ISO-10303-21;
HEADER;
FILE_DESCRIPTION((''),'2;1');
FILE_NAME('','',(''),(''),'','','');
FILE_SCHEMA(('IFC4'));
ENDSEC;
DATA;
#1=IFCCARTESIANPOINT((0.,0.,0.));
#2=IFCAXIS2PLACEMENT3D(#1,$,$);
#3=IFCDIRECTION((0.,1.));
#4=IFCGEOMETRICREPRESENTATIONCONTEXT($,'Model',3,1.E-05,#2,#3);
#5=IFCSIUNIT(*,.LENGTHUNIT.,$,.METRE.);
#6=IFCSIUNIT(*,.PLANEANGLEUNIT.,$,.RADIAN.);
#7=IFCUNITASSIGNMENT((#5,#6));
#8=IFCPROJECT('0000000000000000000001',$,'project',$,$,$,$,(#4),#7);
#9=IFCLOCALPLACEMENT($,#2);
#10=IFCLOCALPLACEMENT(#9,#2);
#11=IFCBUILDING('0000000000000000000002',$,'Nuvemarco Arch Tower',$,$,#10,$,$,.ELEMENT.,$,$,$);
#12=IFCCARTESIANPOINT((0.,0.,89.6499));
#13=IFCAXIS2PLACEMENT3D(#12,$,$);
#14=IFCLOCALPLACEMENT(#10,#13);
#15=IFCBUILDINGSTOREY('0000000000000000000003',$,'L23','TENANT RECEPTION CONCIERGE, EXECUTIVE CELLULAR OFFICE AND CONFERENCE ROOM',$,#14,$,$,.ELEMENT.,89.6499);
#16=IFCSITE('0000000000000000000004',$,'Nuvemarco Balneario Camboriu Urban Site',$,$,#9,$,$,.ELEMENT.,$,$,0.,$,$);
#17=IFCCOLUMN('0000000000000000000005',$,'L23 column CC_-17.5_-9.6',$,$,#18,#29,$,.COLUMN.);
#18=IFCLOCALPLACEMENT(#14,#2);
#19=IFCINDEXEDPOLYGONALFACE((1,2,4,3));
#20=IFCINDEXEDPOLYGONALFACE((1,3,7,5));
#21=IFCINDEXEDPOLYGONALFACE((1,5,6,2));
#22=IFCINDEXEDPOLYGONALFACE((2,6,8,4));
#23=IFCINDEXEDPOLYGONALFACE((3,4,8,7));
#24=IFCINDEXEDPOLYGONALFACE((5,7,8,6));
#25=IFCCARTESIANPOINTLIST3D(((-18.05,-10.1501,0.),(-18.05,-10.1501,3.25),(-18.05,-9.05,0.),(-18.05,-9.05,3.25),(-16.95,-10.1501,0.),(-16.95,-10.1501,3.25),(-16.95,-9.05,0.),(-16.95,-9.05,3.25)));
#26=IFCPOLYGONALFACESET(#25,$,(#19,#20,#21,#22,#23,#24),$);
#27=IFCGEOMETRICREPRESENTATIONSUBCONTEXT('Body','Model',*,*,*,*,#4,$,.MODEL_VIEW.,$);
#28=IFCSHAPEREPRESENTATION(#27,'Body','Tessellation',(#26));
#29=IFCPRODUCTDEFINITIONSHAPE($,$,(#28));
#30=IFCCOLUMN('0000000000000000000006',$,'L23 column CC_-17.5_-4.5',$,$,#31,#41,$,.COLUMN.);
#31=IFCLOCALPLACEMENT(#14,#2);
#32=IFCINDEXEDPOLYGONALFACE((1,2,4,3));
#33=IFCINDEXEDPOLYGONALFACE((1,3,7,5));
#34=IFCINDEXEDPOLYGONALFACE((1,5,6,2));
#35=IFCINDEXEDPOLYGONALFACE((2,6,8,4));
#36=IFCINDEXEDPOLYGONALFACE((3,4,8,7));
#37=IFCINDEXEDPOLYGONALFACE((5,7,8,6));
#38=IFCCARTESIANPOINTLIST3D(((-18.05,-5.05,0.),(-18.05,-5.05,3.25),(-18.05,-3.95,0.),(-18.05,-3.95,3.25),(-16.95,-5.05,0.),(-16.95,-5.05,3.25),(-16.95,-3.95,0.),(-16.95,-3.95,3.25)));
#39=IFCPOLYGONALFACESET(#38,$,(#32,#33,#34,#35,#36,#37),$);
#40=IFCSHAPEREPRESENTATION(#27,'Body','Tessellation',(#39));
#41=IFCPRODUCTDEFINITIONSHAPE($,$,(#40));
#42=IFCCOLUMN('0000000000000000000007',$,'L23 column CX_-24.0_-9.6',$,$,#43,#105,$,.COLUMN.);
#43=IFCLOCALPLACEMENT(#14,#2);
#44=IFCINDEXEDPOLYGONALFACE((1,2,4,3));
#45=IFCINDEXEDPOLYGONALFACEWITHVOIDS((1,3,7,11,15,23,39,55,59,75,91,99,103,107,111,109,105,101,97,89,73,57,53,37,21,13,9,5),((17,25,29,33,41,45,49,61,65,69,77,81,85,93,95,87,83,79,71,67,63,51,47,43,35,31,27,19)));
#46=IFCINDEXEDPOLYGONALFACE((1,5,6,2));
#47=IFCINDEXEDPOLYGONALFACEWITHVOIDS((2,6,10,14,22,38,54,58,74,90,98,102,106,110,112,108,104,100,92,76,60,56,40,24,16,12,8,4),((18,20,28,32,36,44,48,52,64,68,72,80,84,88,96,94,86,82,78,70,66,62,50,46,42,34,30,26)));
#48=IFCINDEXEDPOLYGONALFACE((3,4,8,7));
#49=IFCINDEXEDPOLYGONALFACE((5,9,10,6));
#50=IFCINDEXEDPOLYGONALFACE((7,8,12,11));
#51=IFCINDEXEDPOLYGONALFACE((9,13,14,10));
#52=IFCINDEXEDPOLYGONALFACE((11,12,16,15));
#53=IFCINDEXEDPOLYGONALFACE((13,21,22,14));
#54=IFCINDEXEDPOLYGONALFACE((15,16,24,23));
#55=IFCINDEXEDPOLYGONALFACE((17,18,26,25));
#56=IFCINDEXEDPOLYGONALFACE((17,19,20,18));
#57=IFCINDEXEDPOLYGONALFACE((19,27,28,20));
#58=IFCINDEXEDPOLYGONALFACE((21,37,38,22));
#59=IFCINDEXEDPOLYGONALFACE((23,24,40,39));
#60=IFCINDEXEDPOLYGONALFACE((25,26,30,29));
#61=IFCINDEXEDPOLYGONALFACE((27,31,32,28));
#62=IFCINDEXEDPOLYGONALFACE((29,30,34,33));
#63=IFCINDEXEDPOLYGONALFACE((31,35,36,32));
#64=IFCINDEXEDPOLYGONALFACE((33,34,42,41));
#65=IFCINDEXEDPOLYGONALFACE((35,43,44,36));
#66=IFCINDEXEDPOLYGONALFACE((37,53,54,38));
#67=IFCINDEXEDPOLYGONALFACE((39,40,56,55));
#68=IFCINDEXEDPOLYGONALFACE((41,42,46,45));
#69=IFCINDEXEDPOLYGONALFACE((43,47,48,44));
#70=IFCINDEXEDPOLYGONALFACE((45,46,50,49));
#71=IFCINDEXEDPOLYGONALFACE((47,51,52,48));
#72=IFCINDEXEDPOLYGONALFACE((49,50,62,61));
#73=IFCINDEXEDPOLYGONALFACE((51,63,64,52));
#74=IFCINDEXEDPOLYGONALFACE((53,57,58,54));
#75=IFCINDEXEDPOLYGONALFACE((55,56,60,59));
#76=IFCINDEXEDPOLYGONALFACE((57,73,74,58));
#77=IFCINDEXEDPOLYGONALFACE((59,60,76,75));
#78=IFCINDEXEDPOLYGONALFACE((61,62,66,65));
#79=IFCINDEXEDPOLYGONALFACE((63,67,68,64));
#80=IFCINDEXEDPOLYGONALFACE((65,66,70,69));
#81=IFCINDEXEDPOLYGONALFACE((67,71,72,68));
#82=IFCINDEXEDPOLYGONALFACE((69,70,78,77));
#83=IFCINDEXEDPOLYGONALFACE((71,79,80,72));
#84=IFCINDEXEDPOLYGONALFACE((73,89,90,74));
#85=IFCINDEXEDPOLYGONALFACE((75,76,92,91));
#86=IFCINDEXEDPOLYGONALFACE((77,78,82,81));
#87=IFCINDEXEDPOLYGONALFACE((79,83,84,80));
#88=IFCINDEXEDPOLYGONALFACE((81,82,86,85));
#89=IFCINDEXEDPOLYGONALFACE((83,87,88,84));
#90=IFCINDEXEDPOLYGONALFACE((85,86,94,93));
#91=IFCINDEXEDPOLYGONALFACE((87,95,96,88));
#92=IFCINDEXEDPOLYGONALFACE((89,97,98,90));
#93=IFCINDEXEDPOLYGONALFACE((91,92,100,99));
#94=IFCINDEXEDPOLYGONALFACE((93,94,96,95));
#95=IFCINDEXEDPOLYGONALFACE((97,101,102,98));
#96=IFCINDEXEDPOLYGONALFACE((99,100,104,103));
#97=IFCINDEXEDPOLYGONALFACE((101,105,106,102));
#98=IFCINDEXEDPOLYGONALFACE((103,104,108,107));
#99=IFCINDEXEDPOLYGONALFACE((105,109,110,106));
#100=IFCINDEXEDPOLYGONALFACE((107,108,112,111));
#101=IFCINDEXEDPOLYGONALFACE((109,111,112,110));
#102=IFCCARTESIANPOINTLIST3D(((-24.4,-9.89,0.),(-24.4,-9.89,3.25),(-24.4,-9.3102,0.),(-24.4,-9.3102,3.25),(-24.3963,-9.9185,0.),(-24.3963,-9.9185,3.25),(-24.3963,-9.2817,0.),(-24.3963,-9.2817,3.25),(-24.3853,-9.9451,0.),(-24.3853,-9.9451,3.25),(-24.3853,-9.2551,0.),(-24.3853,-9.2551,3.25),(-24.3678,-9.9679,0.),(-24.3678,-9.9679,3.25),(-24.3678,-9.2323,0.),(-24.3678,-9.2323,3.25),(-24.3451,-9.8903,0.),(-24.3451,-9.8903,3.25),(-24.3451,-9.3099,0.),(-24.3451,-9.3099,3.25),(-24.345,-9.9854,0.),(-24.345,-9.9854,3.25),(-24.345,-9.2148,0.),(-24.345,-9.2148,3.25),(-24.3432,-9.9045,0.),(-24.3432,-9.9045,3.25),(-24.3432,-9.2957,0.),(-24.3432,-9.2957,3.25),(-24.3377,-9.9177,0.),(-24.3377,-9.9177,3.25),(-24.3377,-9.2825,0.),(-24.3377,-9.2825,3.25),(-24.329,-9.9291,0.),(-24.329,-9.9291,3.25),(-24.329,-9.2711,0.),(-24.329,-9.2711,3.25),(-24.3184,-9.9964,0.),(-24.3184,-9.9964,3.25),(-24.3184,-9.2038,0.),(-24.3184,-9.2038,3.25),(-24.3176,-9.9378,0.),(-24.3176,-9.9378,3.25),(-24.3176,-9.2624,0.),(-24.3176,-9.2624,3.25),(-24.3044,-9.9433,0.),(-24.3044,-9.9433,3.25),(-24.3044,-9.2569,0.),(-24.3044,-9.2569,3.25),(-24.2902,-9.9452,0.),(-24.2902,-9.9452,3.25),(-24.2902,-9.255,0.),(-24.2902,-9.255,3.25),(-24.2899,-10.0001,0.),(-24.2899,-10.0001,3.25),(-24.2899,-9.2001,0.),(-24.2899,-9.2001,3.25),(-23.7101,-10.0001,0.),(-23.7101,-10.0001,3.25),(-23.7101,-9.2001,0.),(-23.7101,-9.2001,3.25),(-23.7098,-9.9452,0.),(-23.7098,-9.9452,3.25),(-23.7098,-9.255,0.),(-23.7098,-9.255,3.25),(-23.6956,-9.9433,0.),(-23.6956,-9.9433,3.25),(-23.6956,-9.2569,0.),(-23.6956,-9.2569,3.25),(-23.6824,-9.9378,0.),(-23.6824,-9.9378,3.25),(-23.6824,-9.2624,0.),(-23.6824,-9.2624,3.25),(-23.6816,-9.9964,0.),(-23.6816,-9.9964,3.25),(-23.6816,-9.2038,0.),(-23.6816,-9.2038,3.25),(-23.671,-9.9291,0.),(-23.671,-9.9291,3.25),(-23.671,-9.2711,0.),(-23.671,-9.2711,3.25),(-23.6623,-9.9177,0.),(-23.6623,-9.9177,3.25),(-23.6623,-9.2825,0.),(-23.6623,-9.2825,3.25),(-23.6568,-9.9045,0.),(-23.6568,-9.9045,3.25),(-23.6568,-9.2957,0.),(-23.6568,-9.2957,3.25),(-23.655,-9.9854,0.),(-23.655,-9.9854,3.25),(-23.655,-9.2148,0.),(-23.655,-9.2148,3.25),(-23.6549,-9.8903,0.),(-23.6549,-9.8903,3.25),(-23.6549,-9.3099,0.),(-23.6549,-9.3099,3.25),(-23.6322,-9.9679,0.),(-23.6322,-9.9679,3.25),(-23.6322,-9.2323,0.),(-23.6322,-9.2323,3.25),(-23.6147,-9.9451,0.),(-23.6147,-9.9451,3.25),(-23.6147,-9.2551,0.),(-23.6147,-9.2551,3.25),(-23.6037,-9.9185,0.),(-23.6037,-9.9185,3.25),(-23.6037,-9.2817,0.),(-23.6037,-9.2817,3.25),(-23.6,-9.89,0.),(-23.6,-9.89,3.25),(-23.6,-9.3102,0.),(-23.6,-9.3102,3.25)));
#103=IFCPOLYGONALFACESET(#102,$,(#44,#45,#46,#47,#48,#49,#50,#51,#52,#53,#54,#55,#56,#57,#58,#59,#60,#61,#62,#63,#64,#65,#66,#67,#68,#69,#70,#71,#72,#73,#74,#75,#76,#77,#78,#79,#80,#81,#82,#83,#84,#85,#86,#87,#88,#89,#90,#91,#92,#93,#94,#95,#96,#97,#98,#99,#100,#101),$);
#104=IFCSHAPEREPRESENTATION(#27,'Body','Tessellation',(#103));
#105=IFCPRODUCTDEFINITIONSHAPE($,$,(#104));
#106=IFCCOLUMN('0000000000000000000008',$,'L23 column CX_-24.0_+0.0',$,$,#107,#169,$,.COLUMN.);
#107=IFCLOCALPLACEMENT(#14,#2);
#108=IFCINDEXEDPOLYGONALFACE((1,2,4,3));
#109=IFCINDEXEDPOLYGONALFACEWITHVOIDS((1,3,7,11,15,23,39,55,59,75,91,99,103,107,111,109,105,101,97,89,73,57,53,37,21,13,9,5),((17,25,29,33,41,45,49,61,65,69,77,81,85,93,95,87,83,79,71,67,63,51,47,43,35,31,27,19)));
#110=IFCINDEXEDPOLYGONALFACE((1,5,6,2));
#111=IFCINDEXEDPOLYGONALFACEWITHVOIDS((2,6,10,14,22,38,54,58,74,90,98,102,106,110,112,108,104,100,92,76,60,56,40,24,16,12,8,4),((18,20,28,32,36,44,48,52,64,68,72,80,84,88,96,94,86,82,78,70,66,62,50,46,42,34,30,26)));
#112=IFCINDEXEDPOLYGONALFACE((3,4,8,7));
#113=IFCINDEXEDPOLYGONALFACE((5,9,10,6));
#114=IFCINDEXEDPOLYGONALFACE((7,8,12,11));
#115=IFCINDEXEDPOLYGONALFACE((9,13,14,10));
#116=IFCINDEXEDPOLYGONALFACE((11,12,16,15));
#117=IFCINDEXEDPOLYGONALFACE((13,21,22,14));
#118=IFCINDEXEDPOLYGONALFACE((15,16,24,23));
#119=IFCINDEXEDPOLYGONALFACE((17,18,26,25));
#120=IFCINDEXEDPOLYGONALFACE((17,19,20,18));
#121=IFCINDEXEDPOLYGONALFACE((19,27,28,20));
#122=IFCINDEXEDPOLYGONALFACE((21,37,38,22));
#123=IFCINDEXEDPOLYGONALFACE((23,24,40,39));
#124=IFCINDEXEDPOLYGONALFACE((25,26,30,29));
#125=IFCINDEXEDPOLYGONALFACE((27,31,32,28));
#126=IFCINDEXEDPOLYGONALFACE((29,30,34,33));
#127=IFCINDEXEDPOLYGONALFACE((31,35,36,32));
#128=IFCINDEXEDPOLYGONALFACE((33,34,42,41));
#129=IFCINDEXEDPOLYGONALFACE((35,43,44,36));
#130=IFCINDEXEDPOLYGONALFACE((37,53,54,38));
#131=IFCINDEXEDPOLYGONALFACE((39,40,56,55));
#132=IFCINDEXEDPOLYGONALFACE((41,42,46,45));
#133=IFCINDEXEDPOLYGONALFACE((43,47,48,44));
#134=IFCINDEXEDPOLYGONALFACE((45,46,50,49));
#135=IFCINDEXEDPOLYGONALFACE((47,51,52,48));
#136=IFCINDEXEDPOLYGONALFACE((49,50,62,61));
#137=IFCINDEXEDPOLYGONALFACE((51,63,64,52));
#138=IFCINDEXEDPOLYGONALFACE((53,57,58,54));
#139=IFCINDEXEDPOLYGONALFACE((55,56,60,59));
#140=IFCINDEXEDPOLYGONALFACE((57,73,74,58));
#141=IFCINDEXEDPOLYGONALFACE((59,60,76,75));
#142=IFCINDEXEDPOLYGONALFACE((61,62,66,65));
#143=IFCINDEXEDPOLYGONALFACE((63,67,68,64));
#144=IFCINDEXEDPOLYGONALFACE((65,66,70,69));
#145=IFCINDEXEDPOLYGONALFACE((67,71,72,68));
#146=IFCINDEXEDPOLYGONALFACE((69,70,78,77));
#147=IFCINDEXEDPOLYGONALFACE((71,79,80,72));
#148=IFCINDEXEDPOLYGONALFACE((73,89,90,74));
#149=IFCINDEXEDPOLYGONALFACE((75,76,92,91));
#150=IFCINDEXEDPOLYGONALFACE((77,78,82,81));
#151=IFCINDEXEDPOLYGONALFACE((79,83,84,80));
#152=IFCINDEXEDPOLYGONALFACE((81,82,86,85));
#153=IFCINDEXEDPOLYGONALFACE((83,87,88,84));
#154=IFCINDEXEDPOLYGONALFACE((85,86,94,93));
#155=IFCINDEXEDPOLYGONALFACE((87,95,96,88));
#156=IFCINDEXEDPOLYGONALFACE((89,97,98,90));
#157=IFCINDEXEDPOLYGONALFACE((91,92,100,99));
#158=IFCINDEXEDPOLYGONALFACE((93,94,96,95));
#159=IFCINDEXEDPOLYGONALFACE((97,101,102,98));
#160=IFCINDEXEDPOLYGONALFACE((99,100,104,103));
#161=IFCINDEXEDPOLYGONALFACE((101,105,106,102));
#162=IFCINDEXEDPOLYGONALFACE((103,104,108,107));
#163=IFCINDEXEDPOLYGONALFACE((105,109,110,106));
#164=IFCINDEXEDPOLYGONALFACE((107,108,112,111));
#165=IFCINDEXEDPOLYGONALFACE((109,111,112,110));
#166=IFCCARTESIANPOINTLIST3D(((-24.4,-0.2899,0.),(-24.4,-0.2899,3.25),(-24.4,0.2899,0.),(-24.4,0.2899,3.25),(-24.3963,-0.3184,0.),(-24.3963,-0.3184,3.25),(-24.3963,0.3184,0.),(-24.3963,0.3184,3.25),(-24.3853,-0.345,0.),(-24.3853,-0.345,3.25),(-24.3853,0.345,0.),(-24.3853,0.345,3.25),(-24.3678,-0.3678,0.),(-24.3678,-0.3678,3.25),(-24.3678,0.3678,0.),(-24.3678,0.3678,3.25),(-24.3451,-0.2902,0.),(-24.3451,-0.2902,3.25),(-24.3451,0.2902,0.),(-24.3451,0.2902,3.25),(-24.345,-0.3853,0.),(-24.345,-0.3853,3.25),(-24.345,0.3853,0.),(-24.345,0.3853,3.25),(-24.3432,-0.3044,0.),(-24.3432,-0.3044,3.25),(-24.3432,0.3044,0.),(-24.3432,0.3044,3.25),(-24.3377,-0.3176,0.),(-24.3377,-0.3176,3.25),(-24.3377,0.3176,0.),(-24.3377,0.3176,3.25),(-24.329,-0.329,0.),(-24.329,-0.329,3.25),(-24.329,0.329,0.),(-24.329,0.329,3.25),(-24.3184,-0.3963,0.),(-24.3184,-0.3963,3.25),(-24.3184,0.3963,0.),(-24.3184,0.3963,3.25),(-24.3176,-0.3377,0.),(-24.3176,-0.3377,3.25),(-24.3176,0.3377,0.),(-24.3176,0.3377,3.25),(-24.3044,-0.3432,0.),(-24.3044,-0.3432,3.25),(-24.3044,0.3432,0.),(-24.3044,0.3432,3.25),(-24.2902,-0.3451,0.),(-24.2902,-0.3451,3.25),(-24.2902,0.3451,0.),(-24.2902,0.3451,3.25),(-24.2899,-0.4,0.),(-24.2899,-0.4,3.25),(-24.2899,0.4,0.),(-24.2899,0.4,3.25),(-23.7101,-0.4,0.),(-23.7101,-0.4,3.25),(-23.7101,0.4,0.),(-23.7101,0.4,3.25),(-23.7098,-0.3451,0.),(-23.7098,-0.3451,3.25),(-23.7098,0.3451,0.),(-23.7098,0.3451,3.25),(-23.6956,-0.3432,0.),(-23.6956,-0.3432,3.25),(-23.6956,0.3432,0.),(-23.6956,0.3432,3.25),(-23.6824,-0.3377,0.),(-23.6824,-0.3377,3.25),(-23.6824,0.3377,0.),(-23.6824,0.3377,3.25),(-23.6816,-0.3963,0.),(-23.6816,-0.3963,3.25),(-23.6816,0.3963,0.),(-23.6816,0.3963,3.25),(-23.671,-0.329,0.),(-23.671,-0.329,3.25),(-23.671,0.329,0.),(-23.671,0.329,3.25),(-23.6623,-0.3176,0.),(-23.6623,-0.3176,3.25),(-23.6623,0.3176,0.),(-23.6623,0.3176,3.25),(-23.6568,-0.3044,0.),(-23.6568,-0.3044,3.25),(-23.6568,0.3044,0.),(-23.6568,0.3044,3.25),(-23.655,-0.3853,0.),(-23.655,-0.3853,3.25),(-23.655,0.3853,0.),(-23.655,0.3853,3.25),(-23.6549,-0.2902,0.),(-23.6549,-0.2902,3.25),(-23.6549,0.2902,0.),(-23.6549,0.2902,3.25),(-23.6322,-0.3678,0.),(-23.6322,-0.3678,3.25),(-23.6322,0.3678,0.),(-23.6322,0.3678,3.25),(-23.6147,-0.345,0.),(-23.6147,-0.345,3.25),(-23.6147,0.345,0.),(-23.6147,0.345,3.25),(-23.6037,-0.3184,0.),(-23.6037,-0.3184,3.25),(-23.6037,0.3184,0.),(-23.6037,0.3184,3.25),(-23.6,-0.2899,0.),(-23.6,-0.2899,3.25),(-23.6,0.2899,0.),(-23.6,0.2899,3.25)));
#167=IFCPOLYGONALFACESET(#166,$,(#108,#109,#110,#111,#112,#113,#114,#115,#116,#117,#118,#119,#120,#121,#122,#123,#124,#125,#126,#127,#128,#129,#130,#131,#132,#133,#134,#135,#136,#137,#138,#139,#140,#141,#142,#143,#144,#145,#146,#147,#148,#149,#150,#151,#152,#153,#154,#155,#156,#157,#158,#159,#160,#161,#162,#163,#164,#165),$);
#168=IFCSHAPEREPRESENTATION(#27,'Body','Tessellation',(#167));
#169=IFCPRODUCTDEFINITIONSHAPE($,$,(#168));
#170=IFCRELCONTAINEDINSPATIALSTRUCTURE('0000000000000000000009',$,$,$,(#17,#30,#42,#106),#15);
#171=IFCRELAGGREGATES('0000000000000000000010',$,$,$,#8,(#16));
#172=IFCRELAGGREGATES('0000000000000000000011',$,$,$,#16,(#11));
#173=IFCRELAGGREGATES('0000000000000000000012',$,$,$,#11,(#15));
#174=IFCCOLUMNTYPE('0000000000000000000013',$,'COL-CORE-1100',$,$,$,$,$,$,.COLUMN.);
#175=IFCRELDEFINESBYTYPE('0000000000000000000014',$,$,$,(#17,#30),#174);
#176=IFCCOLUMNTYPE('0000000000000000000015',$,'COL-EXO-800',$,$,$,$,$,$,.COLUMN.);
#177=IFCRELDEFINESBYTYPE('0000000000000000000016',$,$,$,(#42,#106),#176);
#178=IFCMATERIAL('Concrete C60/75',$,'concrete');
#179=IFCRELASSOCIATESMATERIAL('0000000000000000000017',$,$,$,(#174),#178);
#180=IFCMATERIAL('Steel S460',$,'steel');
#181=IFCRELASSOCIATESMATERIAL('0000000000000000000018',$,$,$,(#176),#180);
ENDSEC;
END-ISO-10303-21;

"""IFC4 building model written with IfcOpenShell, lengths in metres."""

from ifc_helpers import new_model, si_unit, direction, frame, origin, origin_2d, place, context, subcontext, project, spatial, rectangle, hollow_rectangle, extrude, material, material_profile, profile_set, type_object, element, save


model = new_model("IFC4")

# Units and contexts
model_context = context("Model", 3, precision=1e-05, world=origin(), true_north=direction((0.0, 1.0)))
body_context = subcontext(model_context, "Body", "Model", "MODEL_VIEW")
ifc_project = project(units=[si_unit("LENGTHUNIT", "METRE"), si_unit("PLANEANGLEUNIT", "RADIAN")], contexts=[model_context])

# Site, building, storey
site_placement = place(None, origin())
site = spatial("IfcSite", under=ifc_project, at=site_placement, Name="Nuvemarco Balneario Camboriu Urban Site", CompositionType="ELEMENT", RefElevation=0.0)
building_placement = place(site_placement, origin())
building = spatial("IfcBuilding", under=site, at=building_placement, Name="Nuvemarco Arch Tower", CompositionType="ELEMENT")
storey_placement = place(building_placement, frame((0.0, 0.0, 89.6499)))
storey = spatial("IfcBuildingStorey", under=building, at=storey_placement, Name="L23", Description="TENANT RECEPTION CONCIERGE, EXECUTIVE CELLULAR OFFICE AND CONFERENCE ROOM", CompositionType="ELEMENT", Elevation=89.6499)

# Columns
ifc_material_1 = material(Name="Concrete C60/75", Category="concrete")
ifc_material_profile_1 = material_profile(ifc_material_1, rectangle(XDim=1.1001, YDim=1.1001, at=origin_2d()), Name="RC-COL-1100x1100")
ifc_profile_set_1 = profile_set([ifc_material_profile_1], Name="Concrete C60/75")
column_type_1 = type_object("IfcColumnType", Name="COL-CORE-1100", PredefinedType="COLUMN", material=ifc_profile_set_1)
for number, where, z_axis, x_axis, name in (
    (1, (-17.5, -9.6001, 0.0), (0.0, 0.0, 1.0), (1.0, 0.0, 0.0), "L23 column CC_-17.5_-9.6"),
    (2, (-17.5, -4.5, 0.0), (0.0, 0.0, 1.0), (1.0, 0.0, 0.0), "L23 column CC_-17.5_-4.5"),
):
    element("IfcColumn", number, at=place(storey_placement, frame(where, z_axis=z_axis, x_axis=x_axis)), inside=storey, type_object=column_type_1, Name=name, PredefinedType="COLUMN", context=body_context, shape_type="SweptSolid", body=[
        extrude(rectangle(XDim=1.1001, YDim=1.1001, at=origin_2d()), origin(), (0.0, 0.0, 1.0), 3.25),
    ])
ifc_material_2 = material(Name="Steel S460", Category="steel")
ifc_material_profile_2 = material_profile(ifc_material_2, hollow_rectangle(XDim=0.8, YDim=0.8, WallThickness=0.0549, InnerFilletRadius=0.0549, OuterFilletRadius=0.1101, at=origin_2d()), Name="SHS800x800x55")
ifc_profile_set_2 = profile_set([ifc_material_profile_2], Name="Steel S460")
column_type_2 = type_object("IfcColumnType", Name="COL-EXO-800", PredefinedType="COLUMN", material=ifc_profile_set_2)
for number, where, z_axis, x_axis, name in (
    (3, (-24.0, -9.6001, 0.0), (0.0, 0.0, 1.0), (1.0, 0.0, 0.0), "L23 column CX_-24.0_-9.6"),
    (4, (-24.0, 0.0, 0.0), (0.0, 0.0, 1.0), (1.0, 0.0, 0.0), "L23 column CX_-24.0_+0.0"),
):
    element("IfcColumn", number, at=place(storey_placement, frame(where, z_axis=z_axis, x_axis=x_axis)), inside=storey, type_object=column_type_2, Name=name, PredefinedType="COLUMN", context=body_context, shape_type="SweptSolid", body=[
        extrude(hollow_rectangle(XDim=0.8, YDim=0.8, WallThickness=0.0549, InnerFilletRadius=0.0549, OuterFilletRadius=0.1101, at=origin_2d()), origin(), (0.0, 0.0, 1.0), 3.25),
    ])

save(model, "model.ifc")
